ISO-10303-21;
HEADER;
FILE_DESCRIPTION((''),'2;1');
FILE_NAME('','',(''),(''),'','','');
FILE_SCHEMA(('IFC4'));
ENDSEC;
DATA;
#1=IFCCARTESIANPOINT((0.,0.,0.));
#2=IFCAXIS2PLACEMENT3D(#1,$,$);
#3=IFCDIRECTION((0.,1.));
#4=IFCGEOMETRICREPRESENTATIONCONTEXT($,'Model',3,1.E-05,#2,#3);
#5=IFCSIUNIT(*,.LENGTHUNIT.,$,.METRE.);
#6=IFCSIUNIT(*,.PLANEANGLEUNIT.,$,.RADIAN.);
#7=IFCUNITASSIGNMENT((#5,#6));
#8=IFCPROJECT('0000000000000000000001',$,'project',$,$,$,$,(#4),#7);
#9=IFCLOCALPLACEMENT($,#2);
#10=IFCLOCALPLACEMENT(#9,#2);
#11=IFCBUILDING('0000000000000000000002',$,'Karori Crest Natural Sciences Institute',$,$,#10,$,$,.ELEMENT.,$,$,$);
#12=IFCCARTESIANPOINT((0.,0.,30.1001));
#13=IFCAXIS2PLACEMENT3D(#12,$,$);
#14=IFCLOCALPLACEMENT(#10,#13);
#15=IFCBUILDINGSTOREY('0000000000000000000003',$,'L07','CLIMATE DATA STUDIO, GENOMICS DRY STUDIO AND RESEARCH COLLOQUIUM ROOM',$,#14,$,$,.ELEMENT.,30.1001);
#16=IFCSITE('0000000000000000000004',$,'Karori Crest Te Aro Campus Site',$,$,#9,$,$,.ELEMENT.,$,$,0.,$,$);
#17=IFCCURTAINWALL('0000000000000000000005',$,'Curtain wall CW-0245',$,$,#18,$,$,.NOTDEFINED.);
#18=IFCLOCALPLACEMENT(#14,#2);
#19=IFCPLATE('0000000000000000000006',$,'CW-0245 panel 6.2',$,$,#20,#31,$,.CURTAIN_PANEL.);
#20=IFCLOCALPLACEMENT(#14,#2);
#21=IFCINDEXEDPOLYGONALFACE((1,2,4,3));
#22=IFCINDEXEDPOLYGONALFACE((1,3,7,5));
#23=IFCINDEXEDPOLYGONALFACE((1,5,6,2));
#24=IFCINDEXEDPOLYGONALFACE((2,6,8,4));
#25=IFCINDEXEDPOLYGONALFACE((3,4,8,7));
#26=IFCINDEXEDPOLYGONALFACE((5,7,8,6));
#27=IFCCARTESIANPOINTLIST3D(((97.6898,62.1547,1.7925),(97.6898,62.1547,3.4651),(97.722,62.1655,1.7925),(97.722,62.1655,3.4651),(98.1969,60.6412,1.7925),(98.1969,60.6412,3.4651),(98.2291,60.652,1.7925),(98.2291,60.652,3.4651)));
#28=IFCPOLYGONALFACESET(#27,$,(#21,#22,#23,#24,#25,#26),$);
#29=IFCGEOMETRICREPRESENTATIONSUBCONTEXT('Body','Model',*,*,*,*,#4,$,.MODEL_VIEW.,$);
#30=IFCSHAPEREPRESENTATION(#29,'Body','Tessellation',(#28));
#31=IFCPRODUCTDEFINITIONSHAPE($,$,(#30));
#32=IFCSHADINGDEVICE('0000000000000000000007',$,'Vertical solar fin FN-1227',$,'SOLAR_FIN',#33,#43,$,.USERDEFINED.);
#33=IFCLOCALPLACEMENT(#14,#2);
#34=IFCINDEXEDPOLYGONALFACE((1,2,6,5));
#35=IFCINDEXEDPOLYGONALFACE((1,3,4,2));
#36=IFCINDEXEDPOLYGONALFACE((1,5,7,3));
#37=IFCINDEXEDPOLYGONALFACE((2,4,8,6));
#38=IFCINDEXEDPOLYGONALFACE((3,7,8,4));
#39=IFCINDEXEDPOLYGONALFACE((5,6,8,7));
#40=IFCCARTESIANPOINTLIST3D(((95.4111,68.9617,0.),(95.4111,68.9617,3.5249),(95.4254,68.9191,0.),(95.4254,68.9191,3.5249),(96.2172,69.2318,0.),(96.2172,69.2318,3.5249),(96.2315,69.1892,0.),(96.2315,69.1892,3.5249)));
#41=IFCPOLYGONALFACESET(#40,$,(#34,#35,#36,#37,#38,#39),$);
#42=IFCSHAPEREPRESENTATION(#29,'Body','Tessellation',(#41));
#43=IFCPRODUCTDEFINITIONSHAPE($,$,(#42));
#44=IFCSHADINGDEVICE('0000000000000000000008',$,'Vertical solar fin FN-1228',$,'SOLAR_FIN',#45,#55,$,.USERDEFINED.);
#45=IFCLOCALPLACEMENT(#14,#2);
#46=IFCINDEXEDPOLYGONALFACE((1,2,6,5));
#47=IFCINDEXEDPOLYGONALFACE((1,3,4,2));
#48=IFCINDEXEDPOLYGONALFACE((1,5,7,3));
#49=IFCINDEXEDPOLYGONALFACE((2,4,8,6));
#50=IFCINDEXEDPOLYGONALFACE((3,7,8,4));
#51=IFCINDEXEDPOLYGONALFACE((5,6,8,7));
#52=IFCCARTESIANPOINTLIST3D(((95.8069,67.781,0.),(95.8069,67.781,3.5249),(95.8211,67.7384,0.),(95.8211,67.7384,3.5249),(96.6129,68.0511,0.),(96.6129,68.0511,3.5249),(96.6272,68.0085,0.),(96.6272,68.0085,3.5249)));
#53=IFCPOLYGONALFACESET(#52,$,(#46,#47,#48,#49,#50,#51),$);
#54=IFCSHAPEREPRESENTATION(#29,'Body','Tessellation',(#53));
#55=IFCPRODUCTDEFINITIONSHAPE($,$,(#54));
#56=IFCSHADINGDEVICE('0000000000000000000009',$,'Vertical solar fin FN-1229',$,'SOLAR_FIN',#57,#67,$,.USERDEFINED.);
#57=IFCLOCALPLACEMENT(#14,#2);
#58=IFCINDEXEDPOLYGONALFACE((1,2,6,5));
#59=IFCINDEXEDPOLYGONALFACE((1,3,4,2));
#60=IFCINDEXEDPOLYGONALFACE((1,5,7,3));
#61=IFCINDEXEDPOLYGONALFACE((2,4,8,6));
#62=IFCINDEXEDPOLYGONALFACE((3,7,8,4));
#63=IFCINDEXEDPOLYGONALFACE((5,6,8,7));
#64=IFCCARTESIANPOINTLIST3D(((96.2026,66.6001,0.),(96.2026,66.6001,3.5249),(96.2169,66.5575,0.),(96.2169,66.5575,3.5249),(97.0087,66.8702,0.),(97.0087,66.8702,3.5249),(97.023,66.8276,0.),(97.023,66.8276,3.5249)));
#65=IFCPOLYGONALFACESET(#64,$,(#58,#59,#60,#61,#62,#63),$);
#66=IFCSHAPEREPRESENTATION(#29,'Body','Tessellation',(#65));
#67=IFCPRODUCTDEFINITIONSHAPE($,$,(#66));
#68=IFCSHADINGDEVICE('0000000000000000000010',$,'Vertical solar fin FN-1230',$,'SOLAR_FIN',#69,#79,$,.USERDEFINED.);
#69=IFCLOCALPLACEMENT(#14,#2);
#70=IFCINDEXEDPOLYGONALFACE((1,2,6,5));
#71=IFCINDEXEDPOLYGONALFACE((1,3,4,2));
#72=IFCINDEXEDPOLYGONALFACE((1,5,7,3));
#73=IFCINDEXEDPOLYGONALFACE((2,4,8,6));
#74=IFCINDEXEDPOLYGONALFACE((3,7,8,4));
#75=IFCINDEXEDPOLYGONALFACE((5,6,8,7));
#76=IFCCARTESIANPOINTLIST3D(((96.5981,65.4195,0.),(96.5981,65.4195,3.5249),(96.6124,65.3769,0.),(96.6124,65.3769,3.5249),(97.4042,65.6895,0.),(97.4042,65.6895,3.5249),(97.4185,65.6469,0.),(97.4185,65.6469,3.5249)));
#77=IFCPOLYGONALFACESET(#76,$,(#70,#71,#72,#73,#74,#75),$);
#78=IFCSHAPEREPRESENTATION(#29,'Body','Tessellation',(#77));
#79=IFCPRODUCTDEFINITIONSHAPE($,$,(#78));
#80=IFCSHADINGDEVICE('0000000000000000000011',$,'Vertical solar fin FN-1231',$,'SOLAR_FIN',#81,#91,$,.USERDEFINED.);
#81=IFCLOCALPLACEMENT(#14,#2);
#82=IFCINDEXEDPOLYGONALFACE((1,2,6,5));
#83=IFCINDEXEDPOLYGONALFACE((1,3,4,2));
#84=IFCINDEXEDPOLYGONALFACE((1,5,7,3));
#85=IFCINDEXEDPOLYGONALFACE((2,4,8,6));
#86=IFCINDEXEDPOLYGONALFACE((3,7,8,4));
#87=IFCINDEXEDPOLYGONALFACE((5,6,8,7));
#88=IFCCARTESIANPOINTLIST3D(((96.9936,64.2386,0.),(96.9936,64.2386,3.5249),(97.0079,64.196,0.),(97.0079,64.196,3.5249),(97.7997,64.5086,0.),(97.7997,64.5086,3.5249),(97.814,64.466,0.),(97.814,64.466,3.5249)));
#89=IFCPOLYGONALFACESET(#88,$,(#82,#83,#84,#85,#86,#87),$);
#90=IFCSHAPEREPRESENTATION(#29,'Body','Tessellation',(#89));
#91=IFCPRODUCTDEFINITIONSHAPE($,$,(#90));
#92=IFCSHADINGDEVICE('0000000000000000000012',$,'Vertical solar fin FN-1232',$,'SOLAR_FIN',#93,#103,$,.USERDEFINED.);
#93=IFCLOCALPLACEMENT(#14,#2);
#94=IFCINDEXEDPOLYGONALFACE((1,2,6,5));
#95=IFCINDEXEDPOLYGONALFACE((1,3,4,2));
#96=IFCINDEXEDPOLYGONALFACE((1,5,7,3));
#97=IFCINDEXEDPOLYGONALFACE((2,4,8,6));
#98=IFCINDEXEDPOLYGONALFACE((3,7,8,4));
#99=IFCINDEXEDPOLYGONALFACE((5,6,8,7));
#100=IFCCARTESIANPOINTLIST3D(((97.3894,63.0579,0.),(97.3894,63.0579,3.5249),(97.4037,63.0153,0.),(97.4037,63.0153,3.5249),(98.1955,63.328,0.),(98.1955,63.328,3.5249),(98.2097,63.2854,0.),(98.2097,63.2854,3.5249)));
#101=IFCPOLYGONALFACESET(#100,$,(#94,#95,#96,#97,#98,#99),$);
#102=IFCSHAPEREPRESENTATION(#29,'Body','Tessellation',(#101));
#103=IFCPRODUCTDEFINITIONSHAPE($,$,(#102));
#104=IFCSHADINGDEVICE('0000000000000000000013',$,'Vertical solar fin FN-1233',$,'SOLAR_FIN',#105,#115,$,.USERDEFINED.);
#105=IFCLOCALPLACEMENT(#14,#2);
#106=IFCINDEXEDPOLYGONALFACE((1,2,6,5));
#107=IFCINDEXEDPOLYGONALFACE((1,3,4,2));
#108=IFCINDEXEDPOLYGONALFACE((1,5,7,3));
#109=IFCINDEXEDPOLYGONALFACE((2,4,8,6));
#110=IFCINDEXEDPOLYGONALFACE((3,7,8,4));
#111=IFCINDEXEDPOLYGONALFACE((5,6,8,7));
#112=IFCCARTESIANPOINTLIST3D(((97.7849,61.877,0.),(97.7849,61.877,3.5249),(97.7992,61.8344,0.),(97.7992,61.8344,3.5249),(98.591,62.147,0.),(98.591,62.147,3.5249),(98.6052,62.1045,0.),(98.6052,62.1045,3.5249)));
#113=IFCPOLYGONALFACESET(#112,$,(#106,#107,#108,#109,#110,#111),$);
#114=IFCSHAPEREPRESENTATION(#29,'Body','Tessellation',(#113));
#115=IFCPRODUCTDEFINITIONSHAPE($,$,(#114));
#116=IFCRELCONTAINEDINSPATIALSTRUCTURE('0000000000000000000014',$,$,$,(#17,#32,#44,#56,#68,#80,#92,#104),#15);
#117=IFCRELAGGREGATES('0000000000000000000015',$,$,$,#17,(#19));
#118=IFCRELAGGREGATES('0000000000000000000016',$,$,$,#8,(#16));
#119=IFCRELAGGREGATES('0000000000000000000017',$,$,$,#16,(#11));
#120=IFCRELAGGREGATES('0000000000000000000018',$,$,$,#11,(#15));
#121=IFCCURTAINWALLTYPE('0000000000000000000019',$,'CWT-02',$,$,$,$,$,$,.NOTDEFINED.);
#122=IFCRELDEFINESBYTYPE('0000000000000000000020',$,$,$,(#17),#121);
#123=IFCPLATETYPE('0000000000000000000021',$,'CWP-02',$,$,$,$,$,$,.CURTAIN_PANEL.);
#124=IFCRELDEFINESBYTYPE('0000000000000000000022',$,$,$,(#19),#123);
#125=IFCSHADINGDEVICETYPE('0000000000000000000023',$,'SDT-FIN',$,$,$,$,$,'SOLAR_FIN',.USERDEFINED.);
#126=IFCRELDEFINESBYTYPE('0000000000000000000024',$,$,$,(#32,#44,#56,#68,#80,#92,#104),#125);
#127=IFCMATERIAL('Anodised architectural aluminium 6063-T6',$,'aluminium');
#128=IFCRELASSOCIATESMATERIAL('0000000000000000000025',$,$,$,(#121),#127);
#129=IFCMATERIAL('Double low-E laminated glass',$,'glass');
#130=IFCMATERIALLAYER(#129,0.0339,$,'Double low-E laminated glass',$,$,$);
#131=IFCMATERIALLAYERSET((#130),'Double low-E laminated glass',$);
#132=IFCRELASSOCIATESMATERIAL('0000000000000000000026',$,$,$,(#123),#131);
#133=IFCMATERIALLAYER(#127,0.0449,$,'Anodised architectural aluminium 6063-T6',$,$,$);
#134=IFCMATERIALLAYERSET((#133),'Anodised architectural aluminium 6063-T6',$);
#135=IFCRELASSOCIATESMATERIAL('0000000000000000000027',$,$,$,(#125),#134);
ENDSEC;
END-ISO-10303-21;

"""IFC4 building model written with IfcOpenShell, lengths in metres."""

from ifc_helpers import new_model, si_unit, direction, frame, origin, origin_2d, place, context, subcontext, project, spatial, rectangle, extrude, material, layer, layer_set, type_object, element, aggregate, save


model = new_model("IFC4")

# Units and contexts
model_context = context("Model", 3, precision=1e-05, world=origin(), true_north=direction((0.0, 1.0)))
body_context = subcontext(model_context, "Body", "Model", "MODEL_VIEW")
ifc_project = project(units=[si_unit("LENGTHUNIT", "METRE"), si_unit("PLANEANGLEUNIT", "RADIAN")], contexts=[model_context])

# Site, building, storey
site_placement = place(None, origin())
site = spatial("IfcSite", under=ifc_project, at=site_placement, Name="Karori Crest Te Aro Campus Site", CompositionType="ELEMENT", RefElevation=0.0)
building_placement = place(site_placement, origin())
building = spatial("IfcBuilding", under=site, at=building_placement, Name="Karori Crest Natural Sciences Institute", CompositionType="ELEMENT")
storey_placement = place(building_placement, frame((0.0, 0.0, 30.1001)))
storey = spatial("IfcBuildingStorey", under=building, at=storey_placement, Name="L07", Description="CLIMATE DATA STUDIO, GENOMICS DRY STUDIO AND RESEARCH COLLOQUIUM ROOM", CompositionType="ELEMENT", Elevation=30.1001)

# Curtain wall, plate
ifc_material_1 = material(Name="Anodised architectural aluminium 6063-T6", Category="aluminium")
curtain_wall_type = type_object("IfcCurtainWallType", Name="CWT-02", PredefinedType="NOTDEFINED", material=ifc_material_1)
curtain_wall_placement = place(storey_placement, origin())
curtain_wall = element("IfcCurtainWall", 1, at=curtain_wall_placement, inside=storey, type_object=curtain_wall_type, Name="Curtain wall CW-0245", PredefinedType="NOTDEFINED")
ifc_material_2 = material(Name="Double low-E laminated glass", Category="glass")
ifc_layer_1 = layer(ifc_material_2, 0.0339, Name="Double low-E laminated glass")
ifc_layer_set_1 = layer_set([ifc_layer_1], Name="Double low-E laminated glass")
plate_type = type_object("IfcPlateType", Name="CWP-02", PredefinedType="CURTAIN_PANEL", material=ifc_layer_set_1)
plate_1_placement = place(storey_placement, frame((97.9595, 61.4033, 1.7925), z_axis=(0.0, 0.0, 1.0), x_axis=(0.31768, -0.948198, 0.0)))
plate_1 = element("IfcPlate", 2, at=plate_1_placement, type_object=plate_type, Name="CW-0245 panel 6.2", PredefinedType="CURTAIN_PANEL", context=body_context, shape_type="SweptSolid", body=[
    extrude(rectangle(XDim=1.5962, YDim=0.0339, at=origin_2d()), origin(), (0.0, 0.0, 1.0), 1.6726),
])
aggregate(curtain_wall, [plate_1])

# Shading devices
ifc_layer_2 = layer(ifc_material_1, 0.0449, Name="Anodised architectural aluminium 6063-T6")
ifc_layer_set_2 = layer_set([ifc_layer_2], Name="Anodised architectural aluminium 6063-T6")
shading_device_type = type_object("IfcShadingDeviceType", Name="SDT-FIN", ElementType="SOLAR_FIN", PredefinedType="USERDEFINED", material=ifc_layer_set_2)
for number, where, z_axis, x_axis, name in (
    (3, (95.8213, 69.0754, 0.0), (0.0, 0.0, 1.0), (0.948198, 0.31768, 0.0), "Vertical solar fin FN-1227"),
    (4, (96.217, 67.8948, 0.0), (0.0, 0.0, 1.0), (0.948198, 0.31768, 0.0), "Vertical solar fin FN-1228"),
    (5, (96.6128, 66.7139, 0.0), (0.0, 0.0, 1.0), (0.948198, 0.31768, 0.0), "Vertical solar fin FN-1229"),
    (6, (97.0083, 65.5332, 0.0), (0.0, 0.0, 1.0), (0.948198, 0.31768, 0.0), "Vertical solar fin FN-1230"),
    (7, (97.4038, 64.3523, 0.0), (0.0, 0.0, 1.0), (0.948198, 0.31768, 0.0), "Vertical solar fin FN-1231"),
    (8, (97.7996, 63.1716, 0.0), (0.0, 0.0, 1.0), (0.948198, 0.31768, 0.0), "Vertical solar fin FN-1232"),
    (9, (98.1951, 61.9907, 0.0), (0.0, 0.0, 1.0), (0.948198, 0.31768, 0.0), "Vertical solar fin FN-1233"),
):
    element("IfcShadingDevice", number, at=place(storey_placement, frame(where, z_axis=z_axis, x_axis=x_axis)), inside=storey, type_object=shading_device_type, Name=name, ObjectType="SOLAR_FIN", PredefinedType="USERDEFINED", context=body_context, shape_type="SweptSolid", body=[
        extrude(rectangle(XDim=0.8501, YDim=0.0449, at=origin_2d()), origin(), (0.0, 0.0, 1.0), 3.5249),
    ])

save(model, "model.ifc")
